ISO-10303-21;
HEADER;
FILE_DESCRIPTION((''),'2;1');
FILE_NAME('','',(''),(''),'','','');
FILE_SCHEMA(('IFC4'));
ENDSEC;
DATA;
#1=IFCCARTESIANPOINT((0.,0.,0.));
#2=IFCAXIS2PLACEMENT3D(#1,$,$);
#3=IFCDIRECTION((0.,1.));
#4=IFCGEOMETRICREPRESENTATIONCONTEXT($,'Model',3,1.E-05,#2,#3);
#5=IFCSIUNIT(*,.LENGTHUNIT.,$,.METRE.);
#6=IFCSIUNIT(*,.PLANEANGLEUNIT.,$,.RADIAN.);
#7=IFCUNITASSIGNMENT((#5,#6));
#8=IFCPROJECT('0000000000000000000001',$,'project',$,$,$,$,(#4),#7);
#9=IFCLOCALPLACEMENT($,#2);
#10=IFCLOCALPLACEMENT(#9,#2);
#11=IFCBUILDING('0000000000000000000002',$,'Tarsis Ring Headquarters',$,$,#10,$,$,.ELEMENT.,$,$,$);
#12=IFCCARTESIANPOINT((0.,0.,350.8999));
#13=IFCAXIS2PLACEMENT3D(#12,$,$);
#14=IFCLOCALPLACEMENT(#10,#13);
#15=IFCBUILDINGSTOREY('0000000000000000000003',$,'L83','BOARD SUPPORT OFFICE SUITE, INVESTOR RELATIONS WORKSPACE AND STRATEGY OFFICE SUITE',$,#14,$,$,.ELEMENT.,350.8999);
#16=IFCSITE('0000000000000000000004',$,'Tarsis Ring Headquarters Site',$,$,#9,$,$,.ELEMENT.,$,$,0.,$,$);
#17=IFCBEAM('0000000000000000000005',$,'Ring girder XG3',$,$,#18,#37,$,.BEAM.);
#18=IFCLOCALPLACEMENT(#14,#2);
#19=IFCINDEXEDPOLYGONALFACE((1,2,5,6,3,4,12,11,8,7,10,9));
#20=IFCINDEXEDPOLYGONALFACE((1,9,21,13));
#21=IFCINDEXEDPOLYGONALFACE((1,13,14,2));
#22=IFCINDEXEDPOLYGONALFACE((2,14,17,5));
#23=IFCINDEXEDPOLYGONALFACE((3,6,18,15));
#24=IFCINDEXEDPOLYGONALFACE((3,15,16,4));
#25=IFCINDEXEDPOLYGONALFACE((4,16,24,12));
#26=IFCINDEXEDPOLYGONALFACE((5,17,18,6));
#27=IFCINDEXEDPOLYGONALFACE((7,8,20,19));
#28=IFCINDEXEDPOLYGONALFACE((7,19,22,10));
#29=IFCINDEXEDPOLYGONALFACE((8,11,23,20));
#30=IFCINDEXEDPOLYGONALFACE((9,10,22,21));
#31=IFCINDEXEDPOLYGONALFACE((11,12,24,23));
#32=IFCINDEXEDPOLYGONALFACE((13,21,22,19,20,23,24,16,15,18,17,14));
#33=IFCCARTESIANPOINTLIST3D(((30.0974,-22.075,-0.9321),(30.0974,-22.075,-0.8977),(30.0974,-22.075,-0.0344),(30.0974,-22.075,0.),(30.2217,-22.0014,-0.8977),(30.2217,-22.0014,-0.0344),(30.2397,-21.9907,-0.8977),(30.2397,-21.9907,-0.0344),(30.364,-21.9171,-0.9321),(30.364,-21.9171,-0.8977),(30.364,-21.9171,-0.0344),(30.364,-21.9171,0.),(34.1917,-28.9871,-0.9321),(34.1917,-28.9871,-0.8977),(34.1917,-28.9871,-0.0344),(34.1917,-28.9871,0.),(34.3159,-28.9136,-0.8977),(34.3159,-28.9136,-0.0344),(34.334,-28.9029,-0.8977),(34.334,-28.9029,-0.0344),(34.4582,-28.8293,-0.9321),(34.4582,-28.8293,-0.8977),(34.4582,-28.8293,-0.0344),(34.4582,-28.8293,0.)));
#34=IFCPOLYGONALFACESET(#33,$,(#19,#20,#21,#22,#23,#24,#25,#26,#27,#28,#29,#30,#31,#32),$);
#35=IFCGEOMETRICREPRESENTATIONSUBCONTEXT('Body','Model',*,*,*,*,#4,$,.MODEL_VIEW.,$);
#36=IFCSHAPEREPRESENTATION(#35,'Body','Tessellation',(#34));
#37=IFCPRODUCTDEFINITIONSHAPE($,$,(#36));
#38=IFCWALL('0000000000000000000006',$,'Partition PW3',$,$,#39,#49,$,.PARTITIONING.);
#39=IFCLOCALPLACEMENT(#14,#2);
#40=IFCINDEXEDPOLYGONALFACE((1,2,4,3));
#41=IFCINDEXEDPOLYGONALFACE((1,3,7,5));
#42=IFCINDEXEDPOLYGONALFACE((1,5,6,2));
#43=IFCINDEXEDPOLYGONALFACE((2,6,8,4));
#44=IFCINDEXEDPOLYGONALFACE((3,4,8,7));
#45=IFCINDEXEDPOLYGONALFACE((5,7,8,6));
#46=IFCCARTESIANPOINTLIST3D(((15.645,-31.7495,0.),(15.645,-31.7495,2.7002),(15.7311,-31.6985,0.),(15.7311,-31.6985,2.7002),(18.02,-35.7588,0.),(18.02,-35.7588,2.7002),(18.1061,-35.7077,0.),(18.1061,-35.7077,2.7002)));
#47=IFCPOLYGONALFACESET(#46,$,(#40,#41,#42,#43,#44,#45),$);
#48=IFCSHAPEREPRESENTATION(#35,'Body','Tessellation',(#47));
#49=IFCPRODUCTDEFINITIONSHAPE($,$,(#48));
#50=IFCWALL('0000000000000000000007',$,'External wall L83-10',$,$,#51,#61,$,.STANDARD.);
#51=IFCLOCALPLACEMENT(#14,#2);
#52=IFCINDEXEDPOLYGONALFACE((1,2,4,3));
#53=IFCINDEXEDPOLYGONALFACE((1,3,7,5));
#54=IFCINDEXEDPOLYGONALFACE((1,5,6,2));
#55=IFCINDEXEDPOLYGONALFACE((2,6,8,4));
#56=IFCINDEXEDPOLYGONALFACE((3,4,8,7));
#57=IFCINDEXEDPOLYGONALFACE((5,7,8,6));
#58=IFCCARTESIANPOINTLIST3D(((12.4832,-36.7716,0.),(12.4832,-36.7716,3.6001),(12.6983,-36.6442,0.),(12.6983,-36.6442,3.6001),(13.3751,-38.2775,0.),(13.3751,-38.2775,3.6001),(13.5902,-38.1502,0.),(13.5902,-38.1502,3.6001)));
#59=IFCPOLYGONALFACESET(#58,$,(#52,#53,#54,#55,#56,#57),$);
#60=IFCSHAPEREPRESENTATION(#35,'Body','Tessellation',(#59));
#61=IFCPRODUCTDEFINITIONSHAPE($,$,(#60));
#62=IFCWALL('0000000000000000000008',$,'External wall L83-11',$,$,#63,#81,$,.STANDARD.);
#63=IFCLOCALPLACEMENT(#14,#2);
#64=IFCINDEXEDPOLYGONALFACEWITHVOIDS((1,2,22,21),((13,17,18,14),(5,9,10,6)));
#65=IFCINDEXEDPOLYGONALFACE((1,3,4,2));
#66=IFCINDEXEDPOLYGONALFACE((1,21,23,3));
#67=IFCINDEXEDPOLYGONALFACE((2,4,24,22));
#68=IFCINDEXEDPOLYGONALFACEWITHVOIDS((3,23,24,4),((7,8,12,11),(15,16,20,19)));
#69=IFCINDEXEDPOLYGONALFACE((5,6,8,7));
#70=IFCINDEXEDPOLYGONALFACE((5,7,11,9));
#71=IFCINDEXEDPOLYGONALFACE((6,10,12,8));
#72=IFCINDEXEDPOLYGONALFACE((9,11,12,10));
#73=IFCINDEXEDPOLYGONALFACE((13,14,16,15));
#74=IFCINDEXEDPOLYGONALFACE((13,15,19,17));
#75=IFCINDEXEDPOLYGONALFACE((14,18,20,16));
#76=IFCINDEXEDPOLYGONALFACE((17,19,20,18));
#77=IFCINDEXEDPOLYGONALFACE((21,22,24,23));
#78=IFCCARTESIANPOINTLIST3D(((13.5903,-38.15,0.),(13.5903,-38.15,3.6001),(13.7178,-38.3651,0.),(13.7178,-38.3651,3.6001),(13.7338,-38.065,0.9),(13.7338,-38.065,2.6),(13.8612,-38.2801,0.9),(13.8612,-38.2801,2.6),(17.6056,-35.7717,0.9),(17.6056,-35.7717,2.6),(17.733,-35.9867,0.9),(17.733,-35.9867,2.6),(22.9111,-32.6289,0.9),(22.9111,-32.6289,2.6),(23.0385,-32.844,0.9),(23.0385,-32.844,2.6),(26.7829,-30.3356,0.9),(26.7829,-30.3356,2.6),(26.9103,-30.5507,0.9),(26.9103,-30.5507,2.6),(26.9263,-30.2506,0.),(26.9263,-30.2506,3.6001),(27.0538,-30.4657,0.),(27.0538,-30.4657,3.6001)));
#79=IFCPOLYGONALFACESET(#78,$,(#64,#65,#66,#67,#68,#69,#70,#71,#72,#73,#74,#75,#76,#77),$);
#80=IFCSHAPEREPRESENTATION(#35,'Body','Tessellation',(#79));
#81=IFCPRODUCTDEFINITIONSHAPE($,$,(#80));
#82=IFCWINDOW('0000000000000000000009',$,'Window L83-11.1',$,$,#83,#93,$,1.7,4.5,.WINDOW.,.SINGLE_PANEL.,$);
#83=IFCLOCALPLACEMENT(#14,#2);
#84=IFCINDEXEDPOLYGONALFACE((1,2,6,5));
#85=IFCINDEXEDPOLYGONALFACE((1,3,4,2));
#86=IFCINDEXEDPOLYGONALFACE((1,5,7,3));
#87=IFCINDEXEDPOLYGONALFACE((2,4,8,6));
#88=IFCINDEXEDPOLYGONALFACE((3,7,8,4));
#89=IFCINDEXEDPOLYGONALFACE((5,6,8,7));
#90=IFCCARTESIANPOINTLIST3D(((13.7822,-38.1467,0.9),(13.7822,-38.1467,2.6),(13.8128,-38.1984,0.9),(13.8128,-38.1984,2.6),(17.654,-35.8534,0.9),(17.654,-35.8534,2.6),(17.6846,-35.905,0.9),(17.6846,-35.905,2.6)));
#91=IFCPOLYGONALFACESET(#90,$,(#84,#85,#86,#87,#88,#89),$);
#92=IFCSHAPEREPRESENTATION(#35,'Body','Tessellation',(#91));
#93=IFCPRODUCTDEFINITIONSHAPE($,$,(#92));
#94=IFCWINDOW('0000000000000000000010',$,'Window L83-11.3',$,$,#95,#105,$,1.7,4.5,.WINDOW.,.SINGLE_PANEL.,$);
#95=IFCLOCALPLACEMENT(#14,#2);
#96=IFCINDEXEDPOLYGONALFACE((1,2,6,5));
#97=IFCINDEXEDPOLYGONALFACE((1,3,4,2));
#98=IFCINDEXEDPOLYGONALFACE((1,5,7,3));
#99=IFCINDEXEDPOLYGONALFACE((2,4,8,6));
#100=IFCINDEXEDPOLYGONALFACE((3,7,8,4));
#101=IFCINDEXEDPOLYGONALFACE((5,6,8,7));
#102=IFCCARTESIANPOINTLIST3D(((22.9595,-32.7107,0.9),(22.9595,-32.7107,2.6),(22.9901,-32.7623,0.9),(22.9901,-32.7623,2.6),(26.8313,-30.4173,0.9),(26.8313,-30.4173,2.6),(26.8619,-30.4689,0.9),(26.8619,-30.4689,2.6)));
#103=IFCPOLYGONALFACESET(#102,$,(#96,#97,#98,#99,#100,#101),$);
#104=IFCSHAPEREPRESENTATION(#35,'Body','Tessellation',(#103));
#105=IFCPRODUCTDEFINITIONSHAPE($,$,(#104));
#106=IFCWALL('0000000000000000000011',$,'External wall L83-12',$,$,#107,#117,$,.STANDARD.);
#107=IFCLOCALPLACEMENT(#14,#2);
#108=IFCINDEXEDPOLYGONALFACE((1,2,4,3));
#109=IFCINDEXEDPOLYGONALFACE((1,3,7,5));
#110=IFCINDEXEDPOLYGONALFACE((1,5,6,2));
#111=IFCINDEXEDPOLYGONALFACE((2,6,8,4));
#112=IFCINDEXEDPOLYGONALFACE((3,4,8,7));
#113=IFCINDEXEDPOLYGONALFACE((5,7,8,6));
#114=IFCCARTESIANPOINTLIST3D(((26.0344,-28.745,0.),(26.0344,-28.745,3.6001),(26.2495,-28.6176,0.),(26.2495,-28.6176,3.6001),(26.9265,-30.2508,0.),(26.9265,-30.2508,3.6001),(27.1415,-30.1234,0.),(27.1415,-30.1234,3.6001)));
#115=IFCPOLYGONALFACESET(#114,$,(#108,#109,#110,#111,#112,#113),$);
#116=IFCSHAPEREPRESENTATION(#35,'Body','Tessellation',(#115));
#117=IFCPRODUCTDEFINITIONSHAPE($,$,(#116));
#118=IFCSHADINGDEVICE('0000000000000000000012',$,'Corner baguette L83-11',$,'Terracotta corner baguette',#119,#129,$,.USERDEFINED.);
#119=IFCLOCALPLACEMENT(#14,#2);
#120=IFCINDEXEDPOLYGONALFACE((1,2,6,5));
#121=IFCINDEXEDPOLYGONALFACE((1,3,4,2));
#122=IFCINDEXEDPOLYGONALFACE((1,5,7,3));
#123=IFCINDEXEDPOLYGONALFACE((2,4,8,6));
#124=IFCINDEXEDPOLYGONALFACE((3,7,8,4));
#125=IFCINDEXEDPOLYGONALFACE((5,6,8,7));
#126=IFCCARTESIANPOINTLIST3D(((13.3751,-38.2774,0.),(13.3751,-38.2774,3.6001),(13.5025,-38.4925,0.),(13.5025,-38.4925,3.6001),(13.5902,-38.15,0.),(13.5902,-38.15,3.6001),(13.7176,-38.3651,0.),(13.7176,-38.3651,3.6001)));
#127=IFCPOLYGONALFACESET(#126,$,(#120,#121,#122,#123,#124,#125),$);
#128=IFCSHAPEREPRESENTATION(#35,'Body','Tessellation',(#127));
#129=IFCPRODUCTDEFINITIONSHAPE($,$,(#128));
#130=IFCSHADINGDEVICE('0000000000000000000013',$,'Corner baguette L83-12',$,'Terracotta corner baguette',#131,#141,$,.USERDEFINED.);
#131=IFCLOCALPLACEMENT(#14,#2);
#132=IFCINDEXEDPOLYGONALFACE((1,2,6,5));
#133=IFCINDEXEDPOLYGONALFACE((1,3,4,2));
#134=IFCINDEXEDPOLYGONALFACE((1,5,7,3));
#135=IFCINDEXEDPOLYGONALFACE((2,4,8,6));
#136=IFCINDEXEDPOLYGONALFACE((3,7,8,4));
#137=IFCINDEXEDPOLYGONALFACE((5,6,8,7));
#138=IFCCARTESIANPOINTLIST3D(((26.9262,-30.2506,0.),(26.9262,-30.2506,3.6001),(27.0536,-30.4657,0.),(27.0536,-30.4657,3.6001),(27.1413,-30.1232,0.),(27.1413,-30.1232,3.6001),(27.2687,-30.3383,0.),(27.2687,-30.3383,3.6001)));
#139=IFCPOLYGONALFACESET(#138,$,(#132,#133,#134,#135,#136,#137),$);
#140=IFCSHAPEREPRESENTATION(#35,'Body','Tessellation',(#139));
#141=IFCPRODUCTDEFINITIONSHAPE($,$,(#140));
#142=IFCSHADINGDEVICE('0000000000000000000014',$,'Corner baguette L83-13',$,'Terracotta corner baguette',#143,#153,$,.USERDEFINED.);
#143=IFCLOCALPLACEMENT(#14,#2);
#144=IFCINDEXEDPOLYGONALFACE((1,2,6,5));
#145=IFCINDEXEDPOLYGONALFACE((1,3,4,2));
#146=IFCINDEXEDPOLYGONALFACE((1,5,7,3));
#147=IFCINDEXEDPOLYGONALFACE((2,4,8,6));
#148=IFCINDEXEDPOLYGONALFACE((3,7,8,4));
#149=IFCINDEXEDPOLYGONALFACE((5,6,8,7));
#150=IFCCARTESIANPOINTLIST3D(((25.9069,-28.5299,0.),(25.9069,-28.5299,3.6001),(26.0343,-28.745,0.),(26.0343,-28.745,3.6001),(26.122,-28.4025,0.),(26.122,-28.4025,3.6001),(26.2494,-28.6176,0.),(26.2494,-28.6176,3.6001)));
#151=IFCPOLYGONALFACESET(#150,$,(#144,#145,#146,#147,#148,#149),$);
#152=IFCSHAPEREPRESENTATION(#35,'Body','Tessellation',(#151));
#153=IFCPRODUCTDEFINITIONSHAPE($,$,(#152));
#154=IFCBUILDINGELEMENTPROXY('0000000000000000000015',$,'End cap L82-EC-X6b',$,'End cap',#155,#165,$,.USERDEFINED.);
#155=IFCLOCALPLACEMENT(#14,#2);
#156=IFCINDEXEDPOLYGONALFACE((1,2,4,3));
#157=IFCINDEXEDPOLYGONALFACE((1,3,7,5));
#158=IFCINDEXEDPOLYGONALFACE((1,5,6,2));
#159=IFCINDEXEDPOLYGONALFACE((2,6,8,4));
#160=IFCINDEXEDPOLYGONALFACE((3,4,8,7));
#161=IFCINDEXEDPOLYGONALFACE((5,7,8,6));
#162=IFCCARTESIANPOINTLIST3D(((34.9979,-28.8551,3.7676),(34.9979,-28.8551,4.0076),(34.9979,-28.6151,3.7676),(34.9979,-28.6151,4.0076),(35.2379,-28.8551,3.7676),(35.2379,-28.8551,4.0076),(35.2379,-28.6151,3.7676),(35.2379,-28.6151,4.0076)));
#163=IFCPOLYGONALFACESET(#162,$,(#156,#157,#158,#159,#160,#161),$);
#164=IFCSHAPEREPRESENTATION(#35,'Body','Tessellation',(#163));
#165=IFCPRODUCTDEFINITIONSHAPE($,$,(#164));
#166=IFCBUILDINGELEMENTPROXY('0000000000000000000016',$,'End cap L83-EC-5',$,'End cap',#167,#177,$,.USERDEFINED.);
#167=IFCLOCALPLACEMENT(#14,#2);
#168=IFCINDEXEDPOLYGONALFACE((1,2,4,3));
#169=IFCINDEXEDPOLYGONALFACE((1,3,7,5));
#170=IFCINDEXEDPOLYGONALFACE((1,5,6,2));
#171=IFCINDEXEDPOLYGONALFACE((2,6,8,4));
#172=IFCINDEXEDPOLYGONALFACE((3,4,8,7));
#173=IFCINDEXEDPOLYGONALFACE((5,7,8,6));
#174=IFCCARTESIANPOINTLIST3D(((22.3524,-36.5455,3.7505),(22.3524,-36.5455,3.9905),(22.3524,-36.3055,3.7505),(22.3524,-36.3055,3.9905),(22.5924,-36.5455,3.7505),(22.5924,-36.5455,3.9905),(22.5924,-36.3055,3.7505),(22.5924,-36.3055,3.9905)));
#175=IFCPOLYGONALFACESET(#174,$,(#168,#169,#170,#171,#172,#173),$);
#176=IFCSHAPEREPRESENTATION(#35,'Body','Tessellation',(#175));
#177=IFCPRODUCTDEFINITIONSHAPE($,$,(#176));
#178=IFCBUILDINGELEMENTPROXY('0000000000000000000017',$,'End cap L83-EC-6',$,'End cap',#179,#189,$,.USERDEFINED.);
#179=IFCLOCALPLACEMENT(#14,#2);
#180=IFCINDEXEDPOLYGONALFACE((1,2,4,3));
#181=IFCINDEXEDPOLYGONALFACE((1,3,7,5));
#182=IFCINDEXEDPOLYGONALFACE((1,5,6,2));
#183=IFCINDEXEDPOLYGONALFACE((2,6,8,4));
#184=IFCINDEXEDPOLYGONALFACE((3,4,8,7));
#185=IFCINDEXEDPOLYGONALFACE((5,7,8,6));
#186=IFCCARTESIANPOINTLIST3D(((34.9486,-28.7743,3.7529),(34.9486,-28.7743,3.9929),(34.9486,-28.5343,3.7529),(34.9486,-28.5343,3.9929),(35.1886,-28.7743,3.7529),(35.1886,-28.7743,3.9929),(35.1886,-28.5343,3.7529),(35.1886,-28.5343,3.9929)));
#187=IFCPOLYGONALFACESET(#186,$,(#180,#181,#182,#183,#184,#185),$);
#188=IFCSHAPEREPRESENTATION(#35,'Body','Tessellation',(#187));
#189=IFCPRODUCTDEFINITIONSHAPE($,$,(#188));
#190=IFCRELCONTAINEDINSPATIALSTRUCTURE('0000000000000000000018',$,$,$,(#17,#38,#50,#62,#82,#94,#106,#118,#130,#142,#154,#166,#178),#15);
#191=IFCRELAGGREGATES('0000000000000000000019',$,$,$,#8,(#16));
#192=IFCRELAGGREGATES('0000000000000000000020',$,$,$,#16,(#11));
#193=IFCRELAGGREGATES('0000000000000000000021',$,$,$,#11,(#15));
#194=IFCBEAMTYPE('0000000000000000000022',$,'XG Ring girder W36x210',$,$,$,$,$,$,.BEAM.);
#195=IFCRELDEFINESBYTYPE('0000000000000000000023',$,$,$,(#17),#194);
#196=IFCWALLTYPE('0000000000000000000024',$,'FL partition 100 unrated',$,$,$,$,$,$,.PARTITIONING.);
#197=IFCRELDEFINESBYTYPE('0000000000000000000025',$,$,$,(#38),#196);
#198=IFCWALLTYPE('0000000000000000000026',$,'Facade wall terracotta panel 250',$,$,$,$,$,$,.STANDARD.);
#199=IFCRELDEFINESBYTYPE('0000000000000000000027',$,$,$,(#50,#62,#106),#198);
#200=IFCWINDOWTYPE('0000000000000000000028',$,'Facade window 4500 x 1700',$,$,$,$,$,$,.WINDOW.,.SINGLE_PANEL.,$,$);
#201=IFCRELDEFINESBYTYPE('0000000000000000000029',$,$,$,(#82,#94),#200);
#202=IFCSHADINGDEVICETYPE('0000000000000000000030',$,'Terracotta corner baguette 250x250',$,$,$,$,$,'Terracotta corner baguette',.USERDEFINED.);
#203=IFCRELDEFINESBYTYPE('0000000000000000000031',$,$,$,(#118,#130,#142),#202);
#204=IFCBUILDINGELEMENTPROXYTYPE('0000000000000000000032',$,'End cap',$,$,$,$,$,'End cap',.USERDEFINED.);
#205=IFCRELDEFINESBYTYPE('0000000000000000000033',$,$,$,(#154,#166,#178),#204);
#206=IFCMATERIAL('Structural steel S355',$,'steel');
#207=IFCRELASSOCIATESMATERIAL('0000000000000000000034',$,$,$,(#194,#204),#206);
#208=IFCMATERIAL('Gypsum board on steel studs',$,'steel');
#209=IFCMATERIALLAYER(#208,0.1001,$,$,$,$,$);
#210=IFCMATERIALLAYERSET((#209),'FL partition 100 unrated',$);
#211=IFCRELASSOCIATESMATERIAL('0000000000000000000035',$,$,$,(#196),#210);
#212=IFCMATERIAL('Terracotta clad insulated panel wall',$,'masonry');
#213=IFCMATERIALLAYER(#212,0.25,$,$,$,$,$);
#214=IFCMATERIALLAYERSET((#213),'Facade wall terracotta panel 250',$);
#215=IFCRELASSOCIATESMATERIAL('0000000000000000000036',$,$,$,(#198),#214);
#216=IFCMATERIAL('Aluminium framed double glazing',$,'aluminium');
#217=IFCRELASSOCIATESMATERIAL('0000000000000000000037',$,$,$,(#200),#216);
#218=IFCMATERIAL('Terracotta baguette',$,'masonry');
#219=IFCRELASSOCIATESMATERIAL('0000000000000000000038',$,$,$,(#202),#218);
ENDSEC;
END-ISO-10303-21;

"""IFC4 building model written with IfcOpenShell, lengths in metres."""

from ifc_helpers import new_model, si_unit, direction, frame, frame_2d, origin, origin_2d, place, context, subcontext, project, spatial, rectangle, i_section, extrude, material, layer, layer_set, material_profile, profile_set, type_object, element, fill, save


model = new_model("IFC4")

# Units and contexts
model_context = context("Model", 3, precision=1e-05, world=origin(), true_north=direction((0.0, 1.0)))
body_context = subcontext(model_context, "Body", "Model", "MODEL_VIEW")
ifc_project = project(units=[si_unit("LENGTHUNIT", "METRE"), si_unit("PLANEANGLEUNIT", "RADIAN")], contexts=[model_context])

# Site, building, storey
site_placement = place(None, origin())
site = spatial("IfcSite", under=ifc_project, at=site_placement, Name="Tarsis Ring Headquarters Site", CompositionType="ELEMENT", RefElevation=0.0)
building_placement = place(site_placement, origin())
building = spatial("IfcBuilding", under=site, at=building_placement, Name="Tarsis Ring Headquarters", CompositionType="ELEMENT")
storey_placement = place(building_placement, frame((0.0, 0.0, 350.8999)))
storey = spatial("IfcBuildingStorey", under=building, at=storey_placement, Name="L83", Description="BOARD SUPPORT OFFICE SUITE, INVESTOR RELATIONS WORKSPACE AND STRATEGY OFFICE SUITE", CompositionType="ELEMENT", Elevation=350.8999)

# Shared definitions
ifc_material_1 = material(Name="Structural steel S355", Category="steel")

# Beam
ifc_material_profile_1 = material_profile(ifc_material_1, i_section(OverallWidth=0.3098, OverallDepth=0.9321, WebThickness=0.021, FlangeThickness=0.0344, at=origin_2d()), Name="W36x210")
ifc_profile_set_1 = profile_set([ifc_material_profile_1], Name="Structural steel S355")
beam_type = type_object("IfcBeamType", Name="XG Ring girder W36x210", PredefinedType="BEAM", material=ifc_profile_set_1)
beam_1_placement = place(storey_placement, frame((34.325, -28.9082, -0.4661), z_axis=(-0.509634, 0.860391, 0.0), x_axis=(-0.860391, -0.509634, 0.0)))
element("IfcBeam", 1, at=beam_1_placement, inside=storey, type_object=beam_type, Name="Ring girder XG3", PredefinedType="BEAM", context=body_context, shape_type="SweptSolid", body=[
    extrude(i_section(OverallWidth=0.3098, OverallDepth=0.9321, WebThickness=0.021, FlangeThickness=0.0344, at=origin_2d()), origin(), (0.0, 0.0, 1.0), 8.0337),
])

# Walls
ifc_material_2 = material(Name="Gypsum board on steel studs", Category="steel")
ifc_layer_1 = layer(ifc_material_2, 0.1001)
ifc_layer_set_1 = layer_set([ifc_layer_1], Name="FL partition 100 unrated")
wall_type_1 = type_object("IfcWallType", Name="FL partition 100 unrated", PredefinedType="PARTITIONING", material=ifc_layer_set_1)
wall_1_placement = place(storey_placement, frame((15.688, -31.7239, 0.0), z_axis=(0.0, 0.0, 1.0), x_axis=(0.509665, -0.860373, 0.0)))
element("IfcWall", 2, at=wall_1_placement, inside=storey, type_object=wall_type_1, Name="Partition PW3", PredefinedType="PARTITIONING", context=body_context, shape_type="SweptSolid", body=[
    extrude(rectangle(XDim=4.6599, YDim=0.1001, at=frame_2d((2.3301, 0.0))), origin(), (0.0, 0.0, 1.0), 2.7002),
])
ifc_material_3 = material(Name="Terracotta clad insulated panel wall", Category="masonry")
ifc_layer_2 = layer(ifc_material_3, 0.25)
ifc_layer_set_2 = layer_set([ifc_layer_2], Name="Facade wall terracotta panel 250")
wall_type_2 = type_object("IfcWallType", Name="Facade wall terracotta panel 250", PredefinedType="STANDARD", material=ifc_layer_set_2)
wall_2_placement = place(storey_placement, frame((12.5908, -36.708, 0.0), z_axis=(0.0, 0.0, 1.0), x_axis=(0.509584, -0.860421, 0.0)))
element("IfcWall", 3, at=wall_2_placement, inside=storey, type_object=wall_type_2, Name="External wall L83-10", PredefinedType="STANDARD", context=body_context, shape_type="SweptSolid", body=[
    extrude(rectangle(XDim=1.7502, YDim=0.25, at=frame_2d((0.875, 0.0))), origin(), (0.0, 0.0, 1.0), 3.6001),
])

# Wall, openings, windows
wall_3_placement = place(storey_placement, frame((13.6541, -38.2576, 0.0), z_axis=(0.0, 0.0, 1.0), x_axis=(0.860387, 0.509642, 0.0)))
wall_3 = element("IfcWall", 4, at=wall_3_placement, inside=storey, type_object=wall_type_2, Name="External wall L83-11", PredefinedType="STANDARD", context=body_context, shape_type="SweptSolid", body=[
    extrude(rectangle(XDim=15.5, YDim=0.25, at=frame_2d((7.75, 0.0))), origin(), (0.0, 0.0, 1.0), 3.6001),
])
opening_1_placement = place(wall_3_placement, frame((0.1667, 0.0, 0.8999)))
opening_1 = element("IfcOpeningElement", 5, at=opening_1_placement, cuts=wall_3, PredefinedType="OPENING", context=body_context, shape_type="SweptSolid", body=[
    extrude(rectangle(XDim=4.5, YDim=1.7, at=frame_2d((2.25, 0.8501))), frame((0.0, 0.135, 0.0), z_axis=(0.0, -1.0, 0.0), x_axis=(1.0, 0.0, 0.0)), (0.0, 0.0, 1.0), 0.27),
])
opening_2_placement = place(wall_3_placement, frame((10.8333, 0.0, 0.8999)))
opening_2 = element("IfcOpeningElement", 6, at=opening_2_placement, cuts=wall_3, PredefinedType="OPENING", context=body_context, shape_type="SweptSolid", body=[
    extrude(rectangle(XDim=4.5, YDim=1.7, at=frame_2d((2.25, 0.8501))), frame((0.0, 0.135, 0.0), z_axis=(0.0, -1.0, 0.0), x_axis=(1.0, 0.0, 0.0)), (0.0, 0.0, 1.0), 0.27),
])
ifc_material_4 = material(Name="Aluminium framed double glazing", Category="aluminium")
window_type = type_object("IfcWindowType", Name="Facade window 4500 x 1700", PartitioningType="SINGLE_PANEL", PredefinedType="WINDOW", material=ifc_material_4)
window_1_placement = place(opening_1_placement, origin())
window_1 = element("IfcWindow", 7, at=window_1_placement, inside=storey, type_object=window_type, Name="Window L83-11.1", OverallHeight=1.7, OverallWidth=4.5, PartitioningType="SINGLE_PANEL", PredefinedType="WINDOW", context=body_context, shape_type="SweptSolid", body=[
    extrude(rectangle(XDim=4.5, YDim=1.7, at=frame_2d((2.25, 0.8501))), frame((0.0, 0.03, 0.0), z_axis=(0.0, -1.0, 0.0), x_axis=(1.0, 0.0, 0.0)), (0.0, 0.0, 1.0), 0.0601),
])
fill(opening_1, window_1)
window_2_placement = place(opening_2_placement, origin())
window_2 = element("IfcWindow", 8, at=window_2_placement, inside=storey, type_object=window_type, Name="Window L83-11.3", OverallHeight=1.7, OverallWidth=4.5, PartitioningType="SINGLE_PANEL", PredefinedType="WINDOW", context=body_context, shape_type="SweptSolid", body=[
    extrude(rectangle(XDim=4.5, YDim=1.7, at=frame_2d((2.25, 0.8501))), frame((0.0, 0.03, 0.0), z_axis=(0.0, -1.0, 0.0), x_axis=(1.0, 0.0, 0.0)), (0.0, 0.0, 1.0), 0.0601),
])
fill(opening_2, window_2)

# Wall
wall_4_placement = place(storey_placement, frame((27.0339, -30.187, 0.0), z_axis=(0.0, 0.0, 1.0), x_axis=(-0.509688, 0.860359, 0.0)))
element("IfcWall", 9, at=wall_4_placement, inside=storey, type_object=wall_type_2, Name="External wall L83-12", PredefinedType="STANDARD", context=body_context, shape_type="SweptSolid", body=[
    extrude(rectangle(XDim=1.7502, YDim=0.25, at=frame_2d((0.875, 0.0))), origin(), (0.0, 0.0, 1.0), 3.6001),
])

# Shading devices
ifc_material_5 = material(Name="Terracotta baguette", Category="masonry")
shading_device_type = type_object("IfcShadingDeviceType", Name="Terracotta corner baguette 250x250", ElementType="Terracotta corner baguette", PredefinedType="USERDEFINED", material=ifc_material_5)
for number, where, z_axis, x_axis, name in (
    (10, (13.5464, -38.3213, 0.0), (0.0, 0.0, 1.0), (0.509642, -0.860387, 0.0), "Corner baguette L83-11"),
    (11, (27.0974, -30.2944, 0.0), (0.0, 0.0, 1.0), (0.860386, 0.509642, 0.0), "Corner baguette L83-12"),
    (12, (26.0781, -28.5737, 0.0), (0.0, 0.0, 1.0), (-0.509642, 0.860386, 0.0), "Corner baguette L83-13"),
):
    element("IfcShadingDevice", number, at=place(storey_placement, frame(where, z_axis=z_axis, x_axis=x_axis)), inside=storey, type_object=shading_device_type, Name=name, ObjectType="Terracotta corner baguette", PredefinedType="USERDEFINED", context=body_context, shape_type="SweptSolid", body=[
        extrude(rectangle(XDim=0.25, YDim=0.25, at=origin_2d()), origin(), (0.0, 0.0, 1.0), 3.6001),
    ])

# Building element proxies
building_element_proxy_type = type_object("IfcBuildingElementProxyType", Name="End cap", ElementType="End cap", PredefinedType="USERDEFINED", material=ifc_material_1)
for number, where, z_axis, x_axis, name in (
    (13, (35.1179, -28.7351, 3.7676), (0.0, 0.0, 1.0), (1.0, 0.0, 0.0), "End cap L82-EC-X6b"),
    (14, (22.4724, -36.4255, 3.7505), (0.0, 0.0, 1.0), (1.0, 0.0, 0.0), "End cap L83-EC-5"),
    (15, (35.0686, -28.6543, 3.7529), (0.0, 0.0, 1.0), (1.0, 0.0, 0.0), "End cap L83-EC-6"),
):
    element("IfcBuildingElementProxy", number, at=place(storey_placement, frame(where, z_axis=z_axis, x_axis=x_axis)), inside=storey, type_object=building_element_proxy_type, Name=name, ObjectType="End cap", PredefinedType="USERDEFINED", context=body_context, shape_type="SweptSolid", body=[
        extrude(rectangle(XDim=0.24, YDim=0.24, at=origin_2d()), origin(), (0.0, 0.0, 1.0), 0.24),
    ])

save(model, "model.ifc")
